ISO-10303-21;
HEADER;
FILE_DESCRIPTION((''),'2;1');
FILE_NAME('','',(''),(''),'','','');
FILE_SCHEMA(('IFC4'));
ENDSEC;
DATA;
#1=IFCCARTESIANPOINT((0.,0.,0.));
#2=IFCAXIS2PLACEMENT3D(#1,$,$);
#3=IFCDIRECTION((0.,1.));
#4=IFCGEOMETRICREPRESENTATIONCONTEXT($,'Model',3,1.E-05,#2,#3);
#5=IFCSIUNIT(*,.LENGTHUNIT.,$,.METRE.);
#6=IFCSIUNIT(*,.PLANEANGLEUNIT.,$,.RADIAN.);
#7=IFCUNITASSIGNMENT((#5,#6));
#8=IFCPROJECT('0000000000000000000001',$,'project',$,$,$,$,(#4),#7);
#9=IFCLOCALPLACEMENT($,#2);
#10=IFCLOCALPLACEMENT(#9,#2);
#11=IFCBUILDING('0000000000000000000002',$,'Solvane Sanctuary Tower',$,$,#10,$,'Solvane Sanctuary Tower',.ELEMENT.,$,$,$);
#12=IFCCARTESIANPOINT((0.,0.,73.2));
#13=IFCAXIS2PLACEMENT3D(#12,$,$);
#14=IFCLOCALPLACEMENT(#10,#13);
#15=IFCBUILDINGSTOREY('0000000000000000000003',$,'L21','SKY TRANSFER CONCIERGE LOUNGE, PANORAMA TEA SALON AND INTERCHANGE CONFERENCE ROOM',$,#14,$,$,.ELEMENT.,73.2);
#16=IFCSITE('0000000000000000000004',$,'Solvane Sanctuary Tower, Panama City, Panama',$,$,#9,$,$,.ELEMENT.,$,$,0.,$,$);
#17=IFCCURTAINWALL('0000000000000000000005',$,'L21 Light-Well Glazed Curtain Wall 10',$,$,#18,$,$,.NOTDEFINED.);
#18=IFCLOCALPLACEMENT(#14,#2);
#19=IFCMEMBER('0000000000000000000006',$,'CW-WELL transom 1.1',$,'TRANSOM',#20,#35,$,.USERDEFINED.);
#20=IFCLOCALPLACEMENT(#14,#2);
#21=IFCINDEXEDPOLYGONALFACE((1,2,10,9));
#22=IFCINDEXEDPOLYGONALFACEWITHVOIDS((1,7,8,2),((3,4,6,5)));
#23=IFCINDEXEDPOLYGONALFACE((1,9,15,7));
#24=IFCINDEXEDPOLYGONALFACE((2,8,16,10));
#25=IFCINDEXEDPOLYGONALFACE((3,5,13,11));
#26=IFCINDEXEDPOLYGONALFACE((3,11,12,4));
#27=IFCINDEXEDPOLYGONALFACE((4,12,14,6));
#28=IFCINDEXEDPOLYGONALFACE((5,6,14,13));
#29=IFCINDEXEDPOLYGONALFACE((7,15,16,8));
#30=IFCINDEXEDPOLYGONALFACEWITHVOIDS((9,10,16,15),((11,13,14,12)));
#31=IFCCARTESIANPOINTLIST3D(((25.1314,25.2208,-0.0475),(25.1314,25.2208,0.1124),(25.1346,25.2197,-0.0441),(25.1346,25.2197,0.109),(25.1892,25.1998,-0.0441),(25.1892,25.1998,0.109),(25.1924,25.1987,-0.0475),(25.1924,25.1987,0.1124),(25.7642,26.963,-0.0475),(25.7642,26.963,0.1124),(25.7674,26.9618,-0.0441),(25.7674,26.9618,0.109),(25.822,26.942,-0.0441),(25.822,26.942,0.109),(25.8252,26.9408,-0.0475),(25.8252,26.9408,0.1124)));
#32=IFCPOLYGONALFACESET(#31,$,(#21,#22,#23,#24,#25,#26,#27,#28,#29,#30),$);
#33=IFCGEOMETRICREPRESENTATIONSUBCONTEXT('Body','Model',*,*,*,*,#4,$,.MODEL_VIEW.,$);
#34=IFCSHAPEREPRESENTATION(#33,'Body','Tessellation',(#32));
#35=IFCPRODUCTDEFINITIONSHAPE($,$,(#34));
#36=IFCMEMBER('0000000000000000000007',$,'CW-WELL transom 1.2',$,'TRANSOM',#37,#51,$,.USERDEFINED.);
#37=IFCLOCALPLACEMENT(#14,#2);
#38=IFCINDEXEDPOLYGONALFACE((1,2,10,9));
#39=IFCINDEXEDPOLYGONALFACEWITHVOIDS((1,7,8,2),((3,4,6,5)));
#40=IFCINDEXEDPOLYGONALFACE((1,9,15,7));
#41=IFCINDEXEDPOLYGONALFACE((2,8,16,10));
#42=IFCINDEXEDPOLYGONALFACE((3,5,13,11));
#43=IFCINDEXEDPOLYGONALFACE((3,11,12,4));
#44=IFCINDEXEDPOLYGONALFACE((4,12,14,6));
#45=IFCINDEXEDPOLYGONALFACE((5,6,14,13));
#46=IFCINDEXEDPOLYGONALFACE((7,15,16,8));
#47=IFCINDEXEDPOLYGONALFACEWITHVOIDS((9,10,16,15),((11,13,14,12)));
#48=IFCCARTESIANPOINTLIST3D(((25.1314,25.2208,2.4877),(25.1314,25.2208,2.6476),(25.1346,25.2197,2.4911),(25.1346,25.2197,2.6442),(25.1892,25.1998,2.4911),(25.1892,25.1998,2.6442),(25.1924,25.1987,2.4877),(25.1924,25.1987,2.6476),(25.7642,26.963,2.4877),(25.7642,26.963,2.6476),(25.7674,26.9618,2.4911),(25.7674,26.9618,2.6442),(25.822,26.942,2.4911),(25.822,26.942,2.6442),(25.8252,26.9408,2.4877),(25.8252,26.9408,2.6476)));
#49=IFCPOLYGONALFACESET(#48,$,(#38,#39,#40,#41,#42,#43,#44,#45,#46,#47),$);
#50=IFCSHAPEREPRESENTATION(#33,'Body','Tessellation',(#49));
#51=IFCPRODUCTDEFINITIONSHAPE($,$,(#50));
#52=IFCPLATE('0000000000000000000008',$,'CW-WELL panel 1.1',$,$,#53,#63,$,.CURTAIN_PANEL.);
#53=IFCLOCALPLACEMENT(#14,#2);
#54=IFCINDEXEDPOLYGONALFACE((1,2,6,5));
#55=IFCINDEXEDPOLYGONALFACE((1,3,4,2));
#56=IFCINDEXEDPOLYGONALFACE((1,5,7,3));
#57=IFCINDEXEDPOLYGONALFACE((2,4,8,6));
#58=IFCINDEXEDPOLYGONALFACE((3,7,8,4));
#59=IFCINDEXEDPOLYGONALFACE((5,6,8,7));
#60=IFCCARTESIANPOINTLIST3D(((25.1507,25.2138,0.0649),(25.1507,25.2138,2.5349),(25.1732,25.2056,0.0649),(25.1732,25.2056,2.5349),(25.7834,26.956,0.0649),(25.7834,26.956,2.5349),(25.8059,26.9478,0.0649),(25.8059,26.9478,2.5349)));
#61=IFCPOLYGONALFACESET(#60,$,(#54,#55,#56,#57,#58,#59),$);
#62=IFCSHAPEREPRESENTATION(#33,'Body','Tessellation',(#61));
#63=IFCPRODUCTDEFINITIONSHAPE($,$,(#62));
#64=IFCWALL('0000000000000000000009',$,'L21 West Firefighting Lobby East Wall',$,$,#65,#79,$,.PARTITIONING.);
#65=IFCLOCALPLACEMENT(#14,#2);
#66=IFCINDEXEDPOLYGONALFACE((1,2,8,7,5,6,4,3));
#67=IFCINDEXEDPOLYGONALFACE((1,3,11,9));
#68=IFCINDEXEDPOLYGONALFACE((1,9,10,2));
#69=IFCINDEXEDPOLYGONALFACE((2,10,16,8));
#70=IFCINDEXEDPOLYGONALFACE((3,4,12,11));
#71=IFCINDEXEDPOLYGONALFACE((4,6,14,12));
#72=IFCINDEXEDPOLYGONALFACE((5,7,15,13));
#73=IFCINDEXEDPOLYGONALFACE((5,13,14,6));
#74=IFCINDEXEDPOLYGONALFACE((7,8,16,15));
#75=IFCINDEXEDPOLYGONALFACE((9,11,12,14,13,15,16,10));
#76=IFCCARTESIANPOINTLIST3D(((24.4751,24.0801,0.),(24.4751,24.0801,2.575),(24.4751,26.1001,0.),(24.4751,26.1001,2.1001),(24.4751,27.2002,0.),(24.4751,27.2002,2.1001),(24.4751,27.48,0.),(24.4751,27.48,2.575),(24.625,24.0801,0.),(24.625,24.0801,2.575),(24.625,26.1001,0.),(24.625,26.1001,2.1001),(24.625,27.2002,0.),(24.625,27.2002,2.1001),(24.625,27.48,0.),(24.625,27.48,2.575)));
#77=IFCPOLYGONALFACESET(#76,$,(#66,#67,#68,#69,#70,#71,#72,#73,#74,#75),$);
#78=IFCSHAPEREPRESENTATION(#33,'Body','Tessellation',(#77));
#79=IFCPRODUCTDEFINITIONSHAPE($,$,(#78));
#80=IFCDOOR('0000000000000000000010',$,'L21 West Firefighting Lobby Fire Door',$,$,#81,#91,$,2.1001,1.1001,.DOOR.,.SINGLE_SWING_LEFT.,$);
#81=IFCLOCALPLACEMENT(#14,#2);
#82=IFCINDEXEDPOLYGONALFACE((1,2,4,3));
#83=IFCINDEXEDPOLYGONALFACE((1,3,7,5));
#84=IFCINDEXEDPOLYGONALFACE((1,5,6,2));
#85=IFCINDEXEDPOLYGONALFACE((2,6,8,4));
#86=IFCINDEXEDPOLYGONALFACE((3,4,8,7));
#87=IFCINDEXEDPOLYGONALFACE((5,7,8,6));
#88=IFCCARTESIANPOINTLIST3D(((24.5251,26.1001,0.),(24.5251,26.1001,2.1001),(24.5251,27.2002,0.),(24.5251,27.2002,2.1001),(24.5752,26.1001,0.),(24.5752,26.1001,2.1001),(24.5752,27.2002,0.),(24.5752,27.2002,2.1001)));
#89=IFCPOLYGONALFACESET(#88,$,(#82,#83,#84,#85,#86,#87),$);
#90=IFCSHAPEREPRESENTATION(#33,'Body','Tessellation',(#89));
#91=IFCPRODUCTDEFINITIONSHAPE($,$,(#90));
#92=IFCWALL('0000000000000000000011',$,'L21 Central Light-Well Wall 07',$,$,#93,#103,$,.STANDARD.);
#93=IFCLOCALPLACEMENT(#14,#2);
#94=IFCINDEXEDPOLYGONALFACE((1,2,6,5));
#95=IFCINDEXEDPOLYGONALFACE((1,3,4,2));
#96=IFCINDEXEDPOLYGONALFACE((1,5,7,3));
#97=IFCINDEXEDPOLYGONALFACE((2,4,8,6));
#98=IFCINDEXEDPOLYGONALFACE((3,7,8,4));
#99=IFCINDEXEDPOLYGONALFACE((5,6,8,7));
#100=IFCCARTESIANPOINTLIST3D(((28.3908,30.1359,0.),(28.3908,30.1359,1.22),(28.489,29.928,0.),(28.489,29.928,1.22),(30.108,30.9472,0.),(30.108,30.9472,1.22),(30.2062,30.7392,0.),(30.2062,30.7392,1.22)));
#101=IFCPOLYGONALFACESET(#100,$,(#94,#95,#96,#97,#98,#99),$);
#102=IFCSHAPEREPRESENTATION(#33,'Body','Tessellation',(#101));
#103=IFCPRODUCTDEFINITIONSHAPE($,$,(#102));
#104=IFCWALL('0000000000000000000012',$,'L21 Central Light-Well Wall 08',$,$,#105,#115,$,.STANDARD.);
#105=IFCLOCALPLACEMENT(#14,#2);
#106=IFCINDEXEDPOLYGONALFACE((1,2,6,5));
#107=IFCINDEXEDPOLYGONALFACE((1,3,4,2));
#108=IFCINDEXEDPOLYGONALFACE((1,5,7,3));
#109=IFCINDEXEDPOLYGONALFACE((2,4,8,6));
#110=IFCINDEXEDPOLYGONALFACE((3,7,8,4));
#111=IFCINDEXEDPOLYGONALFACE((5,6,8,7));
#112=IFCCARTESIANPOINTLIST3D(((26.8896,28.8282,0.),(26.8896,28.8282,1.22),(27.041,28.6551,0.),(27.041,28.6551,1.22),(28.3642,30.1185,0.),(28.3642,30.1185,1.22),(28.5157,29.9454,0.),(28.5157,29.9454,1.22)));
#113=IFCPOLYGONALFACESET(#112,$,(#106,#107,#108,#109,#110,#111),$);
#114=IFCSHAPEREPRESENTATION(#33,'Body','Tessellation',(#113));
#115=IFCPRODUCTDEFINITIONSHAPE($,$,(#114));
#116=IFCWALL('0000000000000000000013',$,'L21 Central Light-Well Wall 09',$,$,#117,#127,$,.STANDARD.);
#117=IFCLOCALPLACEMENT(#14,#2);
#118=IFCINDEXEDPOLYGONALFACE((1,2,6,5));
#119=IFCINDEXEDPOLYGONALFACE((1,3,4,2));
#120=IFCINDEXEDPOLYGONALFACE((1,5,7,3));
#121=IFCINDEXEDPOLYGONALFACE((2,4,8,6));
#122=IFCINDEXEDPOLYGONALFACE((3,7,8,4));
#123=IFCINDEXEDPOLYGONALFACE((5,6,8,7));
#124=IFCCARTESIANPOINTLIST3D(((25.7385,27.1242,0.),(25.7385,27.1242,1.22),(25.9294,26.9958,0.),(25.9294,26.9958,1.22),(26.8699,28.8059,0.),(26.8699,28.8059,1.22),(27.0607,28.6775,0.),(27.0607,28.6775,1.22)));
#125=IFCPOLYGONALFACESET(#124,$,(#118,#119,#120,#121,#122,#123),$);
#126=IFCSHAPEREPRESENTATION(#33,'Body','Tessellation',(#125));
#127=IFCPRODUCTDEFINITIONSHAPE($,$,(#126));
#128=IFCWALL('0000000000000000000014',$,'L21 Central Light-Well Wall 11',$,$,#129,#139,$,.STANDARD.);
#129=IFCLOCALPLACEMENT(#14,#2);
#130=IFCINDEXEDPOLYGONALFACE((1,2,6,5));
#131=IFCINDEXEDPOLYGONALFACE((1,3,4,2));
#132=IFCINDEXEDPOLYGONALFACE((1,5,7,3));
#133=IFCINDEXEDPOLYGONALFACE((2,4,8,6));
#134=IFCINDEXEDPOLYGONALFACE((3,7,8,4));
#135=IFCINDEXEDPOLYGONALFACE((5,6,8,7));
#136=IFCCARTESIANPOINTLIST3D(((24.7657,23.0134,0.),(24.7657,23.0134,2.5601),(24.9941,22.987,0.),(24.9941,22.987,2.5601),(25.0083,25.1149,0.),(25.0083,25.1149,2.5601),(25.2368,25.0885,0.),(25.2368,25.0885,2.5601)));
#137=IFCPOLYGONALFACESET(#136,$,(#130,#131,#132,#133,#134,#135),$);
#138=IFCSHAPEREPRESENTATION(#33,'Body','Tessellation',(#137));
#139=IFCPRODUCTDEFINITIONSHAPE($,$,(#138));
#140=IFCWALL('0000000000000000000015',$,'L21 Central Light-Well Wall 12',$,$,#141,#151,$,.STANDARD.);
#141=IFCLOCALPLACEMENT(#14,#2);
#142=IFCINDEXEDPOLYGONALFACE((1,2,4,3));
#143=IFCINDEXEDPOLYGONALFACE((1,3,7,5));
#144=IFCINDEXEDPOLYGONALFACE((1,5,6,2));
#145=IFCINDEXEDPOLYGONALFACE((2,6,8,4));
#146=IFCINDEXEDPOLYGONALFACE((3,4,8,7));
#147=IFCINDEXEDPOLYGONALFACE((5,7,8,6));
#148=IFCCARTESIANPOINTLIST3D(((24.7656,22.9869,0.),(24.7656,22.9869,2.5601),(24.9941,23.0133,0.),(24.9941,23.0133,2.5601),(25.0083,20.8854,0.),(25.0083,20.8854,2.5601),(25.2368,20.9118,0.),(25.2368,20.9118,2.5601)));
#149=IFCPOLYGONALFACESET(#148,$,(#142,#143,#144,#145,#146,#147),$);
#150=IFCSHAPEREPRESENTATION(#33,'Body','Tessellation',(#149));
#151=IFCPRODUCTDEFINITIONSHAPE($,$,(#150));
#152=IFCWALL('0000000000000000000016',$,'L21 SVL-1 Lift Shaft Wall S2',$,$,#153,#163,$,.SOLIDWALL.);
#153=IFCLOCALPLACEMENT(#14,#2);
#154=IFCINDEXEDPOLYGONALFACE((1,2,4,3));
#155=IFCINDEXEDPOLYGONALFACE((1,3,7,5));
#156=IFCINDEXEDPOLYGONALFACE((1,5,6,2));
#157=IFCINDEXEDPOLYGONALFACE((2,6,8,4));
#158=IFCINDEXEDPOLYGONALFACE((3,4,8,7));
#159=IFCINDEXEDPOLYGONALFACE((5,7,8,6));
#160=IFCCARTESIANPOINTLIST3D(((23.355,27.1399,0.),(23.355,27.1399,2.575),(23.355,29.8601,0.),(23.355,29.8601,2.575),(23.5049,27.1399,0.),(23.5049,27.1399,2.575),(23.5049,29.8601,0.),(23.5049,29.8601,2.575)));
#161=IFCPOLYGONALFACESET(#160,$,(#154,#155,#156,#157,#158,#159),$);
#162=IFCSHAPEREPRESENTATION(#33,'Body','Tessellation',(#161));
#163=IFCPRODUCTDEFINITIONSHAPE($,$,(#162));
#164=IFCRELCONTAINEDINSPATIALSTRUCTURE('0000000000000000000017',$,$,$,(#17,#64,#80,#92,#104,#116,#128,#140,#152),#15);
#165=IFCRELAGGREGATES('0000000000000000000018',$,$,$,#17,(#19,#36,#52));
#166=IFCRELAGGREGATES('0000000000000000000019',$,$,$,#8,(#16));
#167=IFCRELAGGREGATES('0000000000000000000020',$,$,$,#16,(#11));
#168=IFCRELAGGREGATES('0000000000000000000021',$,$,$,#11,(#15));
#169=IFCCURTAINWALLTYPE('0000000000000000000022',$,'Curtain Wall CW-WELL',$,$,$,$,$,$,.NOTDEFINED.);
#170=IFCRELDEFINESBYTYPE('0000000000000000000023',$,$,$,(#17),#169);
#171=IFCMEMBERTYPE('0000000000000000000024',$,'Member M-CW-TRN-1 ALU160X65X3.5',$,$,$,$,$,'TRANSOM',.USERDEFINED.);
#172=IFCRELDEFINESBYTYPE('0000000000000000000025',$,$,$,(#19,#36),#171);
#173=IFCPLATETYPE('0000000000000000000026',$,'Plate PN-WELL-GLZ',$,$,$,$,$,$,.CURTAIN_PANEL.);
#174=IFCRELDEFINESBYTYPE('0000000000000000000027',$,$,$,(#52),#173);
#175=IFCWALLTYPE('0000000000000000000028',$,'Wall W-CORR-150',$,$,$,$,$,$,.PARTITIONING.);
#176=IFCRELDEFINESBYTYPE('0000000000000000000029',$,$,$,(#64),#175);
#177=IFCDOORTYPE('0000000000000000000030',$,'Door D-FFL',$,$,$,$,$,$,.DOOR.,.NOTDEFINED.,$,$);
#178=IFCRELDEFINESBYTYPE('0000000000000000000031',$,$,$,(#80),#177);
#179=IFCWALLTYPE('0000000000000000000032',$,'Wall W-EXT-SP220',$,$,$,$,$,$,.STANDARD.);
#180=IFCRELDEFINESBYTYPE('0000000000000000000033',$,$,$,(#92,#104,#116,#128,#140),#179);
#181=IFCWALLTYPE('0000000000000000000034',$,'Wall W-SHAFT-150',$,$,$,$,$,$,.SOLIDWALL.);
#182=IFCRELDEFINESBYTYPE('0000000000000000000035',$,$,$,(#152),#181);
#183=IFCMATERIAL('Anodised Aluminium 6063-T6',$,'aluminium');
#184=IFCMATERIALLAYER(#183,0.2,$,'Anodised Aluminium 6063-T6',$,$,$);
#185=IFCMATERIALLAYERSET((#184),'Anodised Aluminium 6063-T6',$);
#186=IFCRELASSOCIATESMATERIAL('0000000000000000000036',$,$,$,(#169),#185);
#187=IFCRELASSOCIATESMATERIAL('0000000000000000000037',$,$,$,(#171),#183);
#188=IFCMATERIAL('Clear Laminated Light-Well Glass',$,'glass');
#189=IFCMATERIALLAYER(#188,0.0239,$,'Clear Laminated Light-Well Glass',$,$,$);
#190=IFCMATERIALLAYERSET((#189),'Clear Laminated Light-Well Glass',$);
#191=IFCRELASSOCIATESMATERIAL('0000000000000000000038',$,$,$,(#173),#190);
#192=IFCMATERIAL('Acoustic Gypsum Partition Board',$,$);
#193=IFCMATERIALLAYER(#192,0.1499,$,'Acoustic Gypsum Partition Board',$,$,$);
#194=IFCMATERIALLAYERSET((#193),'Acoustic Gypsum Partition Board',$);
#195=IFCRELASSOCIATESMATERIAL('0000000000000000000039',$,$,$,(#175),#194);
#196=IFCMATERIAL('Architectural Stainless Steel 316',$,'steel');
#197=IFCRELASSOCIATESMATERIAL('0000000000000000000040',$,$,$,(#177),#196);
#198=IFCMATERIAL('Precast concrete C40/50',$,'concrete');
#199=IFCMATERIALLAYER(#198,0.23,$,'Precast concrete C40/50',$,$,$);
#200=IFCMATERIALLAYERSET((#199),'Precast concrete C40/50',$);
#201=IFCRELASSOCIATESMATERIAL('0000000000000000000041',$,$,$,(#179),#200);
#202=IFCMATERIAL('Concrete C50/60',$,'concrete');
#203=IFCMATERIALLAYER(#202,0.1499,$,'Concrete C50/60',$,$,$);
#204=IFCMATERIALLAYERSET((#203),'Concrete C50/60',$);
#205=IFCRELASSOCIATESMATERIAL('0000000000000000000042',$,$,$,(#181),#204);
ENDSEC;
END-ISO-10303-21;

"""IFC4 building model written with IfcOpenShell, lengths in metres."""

from ifc_helpers import new_model, si_unit, direction, frame, frame_2d, origin, origin_2d, place, context, subcontext, project, spatial, rectangle, hollow_rectangle, extrude, material, layer, layer_set, material_profile, profile_set, type_object, element, fill, aggregate, save


model = new_model("IFC4")

# Units and contexts
model_context = context("Model", 3, precision=1e-05, world=origin(), true_north=direction((0.0, 1.0)))
body_context = subcontext(model_context, "Body", "Model", "MODEL_VIEW")
ifc_project = project(units=[si_unit("LENGTHUNIT", "METRE"), si_unit("PLANEANGLEUNIT", "RADIAN")], contexts=[model_context])

# Site, building, storey
site_placement = place(None, origin())
site = spatial("IfcSite", under=ifc_project, at=site_placement, Name="Solvane Sanctuary Tower, Panama City, Panama", CompositionType="ELEMENT", RefElevation=0.0)
building_placement = place(site_placement, origin())
building = spatial("IfcBuilding", under=site, at=building_placement, Name="Solvane Sanctuary Tower", LongName="Solvane Sanctuary Tower", CompositionType="ELEMENT")
storey_placement = place(building_placement, frame((0.0, 0.0, 73.2)))
storey = spatial("IfcBuildingStorey", under=building, at=storey_placement, Name="L21", Description="SKY TRANSFER CONCIERGE LOUNGE, PANORAMA TEA SALON AND INTERCHANGE CONFERENCE ROOM", CompositionType="ELEMENT", Elevation=73.2)

# Curtain wall, members, plate
ifc_material_1 = material(Name="Anodised Aluminium 6063-T6", Category="aluminium")
ifc_layer_1 = layer(ifc_material_1, 0.2, Name="Anodised Aluminium 6063-T6")
ifc_layer_set_1 = layer_set([ifc_layer_1], Name="Anodised Aluminium 6063-T6")
curtain_wall_type = type_object("IfcCurtainWallType", Name="Curtain Wall CW-WELL", PredefinedType="NOTDEFINED", material=ifc_layer_set_1)
curtain_wall_placement = place(storey_placement, origin())
curtain_wall = element("IfcCurtainWall", 1, at=curtain_wall_placement, inside=storey, type_object=curtain_wall_type, Name="L21 Light-Well Glazed Curtain Wall 10", PredefinedType="NOTDEFINED")
ifc_material_profile_1 = material_profile(ifc_material_1, hollow_rectangle(XDim=0.0649, YDim=0.1599, WallThickness=0.0034, at=origin_2d()), Name="ALU160X65X3.5")
ifc_profile_set_1 = profile_set([ifc_material_profile_1], Name="Anodised Aluminium 6063-T6")
member_type_1 = type_object("IfcMemberType", Name="Member M-CW-TRN-1 ALU160X65X3.5", ElementType="TRANSOM", PredefinedType="USERDEFINED", material=ifc_profile_set_1)
member_1_placement = place(storey_placement, frame((25.7947, 26.9519, 0.0325), z_axis=(-0.341405, -0.939916, 0.0), x_axis=(0.939916, -0.341405, 0.0)))
member_1 = element("IfcMember", 2, at=member_1_placement, type_object=member_type_1, Name="CW-WELL transom 1.1", ObjectType="TRANSOM", PredefinedType="USERDEFINED", context=body_context, shape_type="SweptSolid", body=[
    extrude(hollow_rectangle(XDim=0.0649, YDim=0.1599, WallThickness=0.0034, at=origin_2d()), origin(), (0.0, 0.0, 1.0), 1.8535),
])
member_2_placement = place(storey_placement, frame((25.7947, 26.9519, 2.5676), z_axis=(-0.341405, -0.939916, 0.0), x_axis=(0.939916, -0.341405, 0.0)))
member_2 = element("IfcMember", 3, at=member_2_placement, type_object=member_type_1, Name="CW-WELL transom 1.2", ObjectType="TRANSOM", PredefinedType="USERDEFINED", context=body_context, shape_type="SweptSolid", body=[
    extrude(hollow_rectangle(XDim=0.0649, YDim=0.1599, WallThickness=0.0034, at=origin_2d()), origin(), (0.0, 0.0, 1.0), 1.8535),
])
ifc_material_2 = material(Name="Clear Laminated Light-Well Glass", Category="glass")
ifc_layer_2 = layer(ifc_material_2, 0.0239, Name="Clear Laminated Light-Well Glass")
ifc_layer_set_2 = layer_set([ifc_layer_2], Name="Clear Laminated Light-Well Glass")
plate_type = type_object("IfcPlateType", Name="Plate PN-WELL-GLZ", PredefinedType="CURTAIN_PANEL", material=ifc_layer_set_2)
plate_placement = place(storey_placement, frame((25.4783, 26.0808, 0.0649), z_axis=(0.0, 0.0, 1.0), x_axis=(-0.341358, -0.939933, 0.0)))
plate = element("IfcPlate", 4, at=plate_placement, type_object=plate_type, Name="CW-WELL panel 1.1", PredefinedType="CURTAIN_PANEL", context=body_context, shape_type="SweptSolid", body=[
    extrude(rectangle(XDim=1.8535, YDim=0.0239, at=origin_2d()), origin(), (0.0, 0.0, 1.0), 2.47),
])
aggregate(curtain_wall, [member_1, member_2, plate])

# Wall, opening, door
ifc_material_3 = material(Name="Acoustic Gypsum Partition Board")
ifc_layer_3 = layer(ifc_material_3, 0.1499, Name="Acoustic Gypsum Partition Board")
ifc_layer_set_3 = layer_set([ifc_layer_3], Name="Acoustic Gypsum Partition Board")
wall_type_1 = type_object("IfcWallType", Name="Wall W-CORR-150", PredefinedType="PARTITIONING", material=ifc_layer_set_3)
wall_1_placement = place(storey_placement, frame((24.55, 24.0801, 0.0), z_axis=(0.0, 0.0, 1.0), x_axis=(0.0, 1.0, 0.0)))
wall_1 = element("IfcWall", 5, at=wall_1_placement, inside=storey, type_object=wall_type_1, Name="L21 West Firefighting Lobby East Wall", PredefinedType="PARTITIONING", context=body_context, shape_type="SweptSolid", body=[
    extrude(rectangle(XDim=3.3999, YDim=0.1499, at=frame_2d((1.7, 0.0))), origin(), (0.0, 0.0, 1.0), 2.575),
])
opening_placement = place(wall_1_placement, frame((2.02, 0.0, 0.0)))
opening = element("IfcOpeningElement", 6, at=opening_placement, cuts=wall_1, PredefinedType="OPENING", context=body_context, shape_type="SweptSolid", body=[
    extrude(rectangle(XDim=1.1001, YDim=2.1001, at=frame_2d((0.55, 1.05))), frame((0.0, 0.085, 0.0), z_axis=(0.0, -1.0, 0.0), x_axis=(1.0, 0.0, 0.0)), (0.0, 0.0, 1.0), 0.1699),
])
ifc_material_4 = material(Name="Architectural Stainless Steel 316", Category="steel")
door_type = type_object("IfcDoorType", Name="Door D-FFL", OperationType="NOTDEFINED", PredefinedType="DOOR", material=ifc_material_4)
door_placement = place(opening_placement, origin())
door = element("IfcDoor", 7, at=door_placement, inside=storey, type_object=door_type, Name="L21 West Firefighting Lobby Fire Door", OperationType="SINGLE_SWING_LEFT", OverallHeight=2.1001, OverallWidth=1.1001, PredefinedType="DOOR", context=body_context, shape_type="SweptSolid", body=[
    extrude(rectangle(XDim=1.1001, YDim=2.1001, at=frame_2d((0.55, 1.05))), frame((0.0, 0.0249, 0.0), z_axis=(0.0, -1.0, 0.0), x_axis=(1.0, 0.0, 0.0)), (0.0, 0.0, 1.0), 0.05),
])
fill(opening, door)

# Walls
ifc_material_5 = material(Name="Precast concrete C40/50", Category="concrete")
ifc_layer_4 = layer(ifc_material_5, 0.23, Name="Precast concrete C40/50")
ifc_layer_set_4 = layer_set([ifc_layer_4], Name="Precast concrete C40/50")
wall_type_2 = type_object("IfcWallType", Name="Wall W-EXT-SP220", PredefinedType="STANDARD", material=ifc_layer_set_4)
wall_2_placement = place(storey_placement, frame((30.1572, 30.8433, 0.0), z_axis=(0.0, 0.0, 1.0), x_axis=(-0.90418, -0.427152, 0.0)))
element("IfcWall", 8, at=wall_2_placement, inside=storey, type_object=wall_type_2, Name="L21 Central Light-Well Wall 07", PredefinedType="STANDARD", context=body_context, shape_type="SweptSolid", body=[
    extrude(rectangle(XDim=1.8992, YDim=0.23, at=frame_2d((0.9497, 0.0))), origin(), (0.0, 0.0, 1.0), 1.22),
])
wall_3_placement = place(storey_placement, frame((28.4399, 30.032, 0.0), z_axis=(0.0, 0.0, 1.0), x_axis=(-0.752577, -0.658505, 0.0)))
element("IfcWall", 9, at=wall_3_placement, inside=storey, type_object=wall_type_2, Name="L21 Central Light-Well Wall 08", PredefinedType="STANDARD", context=body_context, shape_type="SweptSolid", body=[
    extrude(rectangle(XDim=1.9595, YDim=0.23, at=frame_2d((0.9797, 0.0))), origin(), (0.0, 0.0, 1.0), 1.22),
])
wall_4_placement = place(storey_placement, frame((26.9653, 28.7417, 0.0), z_axis=(0.0, 0.0, 1.0), x_axis=(-0.558198, -0.829708, 0.0)))
element("IfcWall", 10, at=wall_4_placement, inside=storey, type_object=wall_type_2, Name="L21 Central Light-Well Wall 09", PredefinedType="STANDARD", context=body_context, shape_type="SweptSolid", body=[
    extrude(rectangle(XDim=2.0269, YDim=0.23, at=frame_2d((1.0134, 0.0))), origin(), (0.0, 0.0, 1.0), 1.22),
])
for number, where, z_axis, x_axis, name in (
    (11, (25.1226, 25.1016, 0.0), (0.0, 0.0, 1.0), (-0.114712, -0.993399, 0.0), "L21 Central Light-Well Wall 11"),
    (12, (24.8799, 23.0, 0.0), (0.0, 0.0, 1.0), (0.114712, -0.993399, 0.0), "L21 Central Light-Well Wall 12"),
):
    element("IfcWall", number, at=place(storey_placement, frame(where, z_axis=z_axis, x_axis=x_axis)), inside=storey, type_object=wall_type_2, Name=name, PredefinedType="STANDARD", context=body_context, shape_type="SweptSolid", body=[
        extrude(rectangle(XDim=2.1155, YDim=0.23, at=frame_2d((1.0576, 0.0))), origin(), (0.0, 0.0, 1.0), 2.5601),
    ])
ifc_material_6 = material(Name="Concrete C50/60", Category="concrete")
ifc_layer_5 = layer(ifc_material_6, 0.1499, Name="Concrete C50/60")
ifc_layer_set_5 = layer_set([ifc_layer_5], Name="Concrete C50/60")
wall_type_3 = type_object("IfcWallType", Name="Wall W-SHAFT-150", PredefinedType="SOLIDWALL", material=ifc_layer_set_5)
wall_5_placement = place(storey_placement, frame((23.4299, 27.1399, 0.0), z_axis=(0.0, 0.0, 1.0), x_axis=(0.0, 1.0, 0.0)))
element("IfcWall", 13, at=wall_5_placement, inside=storey, type_object=wall_type_3, Name="L21 SVL-1 Lift Shaft Wall S2", PredefinedType="SOLIDWALL", context=body_context, shape_type="SweptSolid", body=[
    extrude(rectangle(XDim=2.7202, YDim=0.1499, at=frame_2d((1.3601, 0.0))), origin(), (0.0, 0.0, 1.0), 2.575),
])

save(model, "model.ifc")
